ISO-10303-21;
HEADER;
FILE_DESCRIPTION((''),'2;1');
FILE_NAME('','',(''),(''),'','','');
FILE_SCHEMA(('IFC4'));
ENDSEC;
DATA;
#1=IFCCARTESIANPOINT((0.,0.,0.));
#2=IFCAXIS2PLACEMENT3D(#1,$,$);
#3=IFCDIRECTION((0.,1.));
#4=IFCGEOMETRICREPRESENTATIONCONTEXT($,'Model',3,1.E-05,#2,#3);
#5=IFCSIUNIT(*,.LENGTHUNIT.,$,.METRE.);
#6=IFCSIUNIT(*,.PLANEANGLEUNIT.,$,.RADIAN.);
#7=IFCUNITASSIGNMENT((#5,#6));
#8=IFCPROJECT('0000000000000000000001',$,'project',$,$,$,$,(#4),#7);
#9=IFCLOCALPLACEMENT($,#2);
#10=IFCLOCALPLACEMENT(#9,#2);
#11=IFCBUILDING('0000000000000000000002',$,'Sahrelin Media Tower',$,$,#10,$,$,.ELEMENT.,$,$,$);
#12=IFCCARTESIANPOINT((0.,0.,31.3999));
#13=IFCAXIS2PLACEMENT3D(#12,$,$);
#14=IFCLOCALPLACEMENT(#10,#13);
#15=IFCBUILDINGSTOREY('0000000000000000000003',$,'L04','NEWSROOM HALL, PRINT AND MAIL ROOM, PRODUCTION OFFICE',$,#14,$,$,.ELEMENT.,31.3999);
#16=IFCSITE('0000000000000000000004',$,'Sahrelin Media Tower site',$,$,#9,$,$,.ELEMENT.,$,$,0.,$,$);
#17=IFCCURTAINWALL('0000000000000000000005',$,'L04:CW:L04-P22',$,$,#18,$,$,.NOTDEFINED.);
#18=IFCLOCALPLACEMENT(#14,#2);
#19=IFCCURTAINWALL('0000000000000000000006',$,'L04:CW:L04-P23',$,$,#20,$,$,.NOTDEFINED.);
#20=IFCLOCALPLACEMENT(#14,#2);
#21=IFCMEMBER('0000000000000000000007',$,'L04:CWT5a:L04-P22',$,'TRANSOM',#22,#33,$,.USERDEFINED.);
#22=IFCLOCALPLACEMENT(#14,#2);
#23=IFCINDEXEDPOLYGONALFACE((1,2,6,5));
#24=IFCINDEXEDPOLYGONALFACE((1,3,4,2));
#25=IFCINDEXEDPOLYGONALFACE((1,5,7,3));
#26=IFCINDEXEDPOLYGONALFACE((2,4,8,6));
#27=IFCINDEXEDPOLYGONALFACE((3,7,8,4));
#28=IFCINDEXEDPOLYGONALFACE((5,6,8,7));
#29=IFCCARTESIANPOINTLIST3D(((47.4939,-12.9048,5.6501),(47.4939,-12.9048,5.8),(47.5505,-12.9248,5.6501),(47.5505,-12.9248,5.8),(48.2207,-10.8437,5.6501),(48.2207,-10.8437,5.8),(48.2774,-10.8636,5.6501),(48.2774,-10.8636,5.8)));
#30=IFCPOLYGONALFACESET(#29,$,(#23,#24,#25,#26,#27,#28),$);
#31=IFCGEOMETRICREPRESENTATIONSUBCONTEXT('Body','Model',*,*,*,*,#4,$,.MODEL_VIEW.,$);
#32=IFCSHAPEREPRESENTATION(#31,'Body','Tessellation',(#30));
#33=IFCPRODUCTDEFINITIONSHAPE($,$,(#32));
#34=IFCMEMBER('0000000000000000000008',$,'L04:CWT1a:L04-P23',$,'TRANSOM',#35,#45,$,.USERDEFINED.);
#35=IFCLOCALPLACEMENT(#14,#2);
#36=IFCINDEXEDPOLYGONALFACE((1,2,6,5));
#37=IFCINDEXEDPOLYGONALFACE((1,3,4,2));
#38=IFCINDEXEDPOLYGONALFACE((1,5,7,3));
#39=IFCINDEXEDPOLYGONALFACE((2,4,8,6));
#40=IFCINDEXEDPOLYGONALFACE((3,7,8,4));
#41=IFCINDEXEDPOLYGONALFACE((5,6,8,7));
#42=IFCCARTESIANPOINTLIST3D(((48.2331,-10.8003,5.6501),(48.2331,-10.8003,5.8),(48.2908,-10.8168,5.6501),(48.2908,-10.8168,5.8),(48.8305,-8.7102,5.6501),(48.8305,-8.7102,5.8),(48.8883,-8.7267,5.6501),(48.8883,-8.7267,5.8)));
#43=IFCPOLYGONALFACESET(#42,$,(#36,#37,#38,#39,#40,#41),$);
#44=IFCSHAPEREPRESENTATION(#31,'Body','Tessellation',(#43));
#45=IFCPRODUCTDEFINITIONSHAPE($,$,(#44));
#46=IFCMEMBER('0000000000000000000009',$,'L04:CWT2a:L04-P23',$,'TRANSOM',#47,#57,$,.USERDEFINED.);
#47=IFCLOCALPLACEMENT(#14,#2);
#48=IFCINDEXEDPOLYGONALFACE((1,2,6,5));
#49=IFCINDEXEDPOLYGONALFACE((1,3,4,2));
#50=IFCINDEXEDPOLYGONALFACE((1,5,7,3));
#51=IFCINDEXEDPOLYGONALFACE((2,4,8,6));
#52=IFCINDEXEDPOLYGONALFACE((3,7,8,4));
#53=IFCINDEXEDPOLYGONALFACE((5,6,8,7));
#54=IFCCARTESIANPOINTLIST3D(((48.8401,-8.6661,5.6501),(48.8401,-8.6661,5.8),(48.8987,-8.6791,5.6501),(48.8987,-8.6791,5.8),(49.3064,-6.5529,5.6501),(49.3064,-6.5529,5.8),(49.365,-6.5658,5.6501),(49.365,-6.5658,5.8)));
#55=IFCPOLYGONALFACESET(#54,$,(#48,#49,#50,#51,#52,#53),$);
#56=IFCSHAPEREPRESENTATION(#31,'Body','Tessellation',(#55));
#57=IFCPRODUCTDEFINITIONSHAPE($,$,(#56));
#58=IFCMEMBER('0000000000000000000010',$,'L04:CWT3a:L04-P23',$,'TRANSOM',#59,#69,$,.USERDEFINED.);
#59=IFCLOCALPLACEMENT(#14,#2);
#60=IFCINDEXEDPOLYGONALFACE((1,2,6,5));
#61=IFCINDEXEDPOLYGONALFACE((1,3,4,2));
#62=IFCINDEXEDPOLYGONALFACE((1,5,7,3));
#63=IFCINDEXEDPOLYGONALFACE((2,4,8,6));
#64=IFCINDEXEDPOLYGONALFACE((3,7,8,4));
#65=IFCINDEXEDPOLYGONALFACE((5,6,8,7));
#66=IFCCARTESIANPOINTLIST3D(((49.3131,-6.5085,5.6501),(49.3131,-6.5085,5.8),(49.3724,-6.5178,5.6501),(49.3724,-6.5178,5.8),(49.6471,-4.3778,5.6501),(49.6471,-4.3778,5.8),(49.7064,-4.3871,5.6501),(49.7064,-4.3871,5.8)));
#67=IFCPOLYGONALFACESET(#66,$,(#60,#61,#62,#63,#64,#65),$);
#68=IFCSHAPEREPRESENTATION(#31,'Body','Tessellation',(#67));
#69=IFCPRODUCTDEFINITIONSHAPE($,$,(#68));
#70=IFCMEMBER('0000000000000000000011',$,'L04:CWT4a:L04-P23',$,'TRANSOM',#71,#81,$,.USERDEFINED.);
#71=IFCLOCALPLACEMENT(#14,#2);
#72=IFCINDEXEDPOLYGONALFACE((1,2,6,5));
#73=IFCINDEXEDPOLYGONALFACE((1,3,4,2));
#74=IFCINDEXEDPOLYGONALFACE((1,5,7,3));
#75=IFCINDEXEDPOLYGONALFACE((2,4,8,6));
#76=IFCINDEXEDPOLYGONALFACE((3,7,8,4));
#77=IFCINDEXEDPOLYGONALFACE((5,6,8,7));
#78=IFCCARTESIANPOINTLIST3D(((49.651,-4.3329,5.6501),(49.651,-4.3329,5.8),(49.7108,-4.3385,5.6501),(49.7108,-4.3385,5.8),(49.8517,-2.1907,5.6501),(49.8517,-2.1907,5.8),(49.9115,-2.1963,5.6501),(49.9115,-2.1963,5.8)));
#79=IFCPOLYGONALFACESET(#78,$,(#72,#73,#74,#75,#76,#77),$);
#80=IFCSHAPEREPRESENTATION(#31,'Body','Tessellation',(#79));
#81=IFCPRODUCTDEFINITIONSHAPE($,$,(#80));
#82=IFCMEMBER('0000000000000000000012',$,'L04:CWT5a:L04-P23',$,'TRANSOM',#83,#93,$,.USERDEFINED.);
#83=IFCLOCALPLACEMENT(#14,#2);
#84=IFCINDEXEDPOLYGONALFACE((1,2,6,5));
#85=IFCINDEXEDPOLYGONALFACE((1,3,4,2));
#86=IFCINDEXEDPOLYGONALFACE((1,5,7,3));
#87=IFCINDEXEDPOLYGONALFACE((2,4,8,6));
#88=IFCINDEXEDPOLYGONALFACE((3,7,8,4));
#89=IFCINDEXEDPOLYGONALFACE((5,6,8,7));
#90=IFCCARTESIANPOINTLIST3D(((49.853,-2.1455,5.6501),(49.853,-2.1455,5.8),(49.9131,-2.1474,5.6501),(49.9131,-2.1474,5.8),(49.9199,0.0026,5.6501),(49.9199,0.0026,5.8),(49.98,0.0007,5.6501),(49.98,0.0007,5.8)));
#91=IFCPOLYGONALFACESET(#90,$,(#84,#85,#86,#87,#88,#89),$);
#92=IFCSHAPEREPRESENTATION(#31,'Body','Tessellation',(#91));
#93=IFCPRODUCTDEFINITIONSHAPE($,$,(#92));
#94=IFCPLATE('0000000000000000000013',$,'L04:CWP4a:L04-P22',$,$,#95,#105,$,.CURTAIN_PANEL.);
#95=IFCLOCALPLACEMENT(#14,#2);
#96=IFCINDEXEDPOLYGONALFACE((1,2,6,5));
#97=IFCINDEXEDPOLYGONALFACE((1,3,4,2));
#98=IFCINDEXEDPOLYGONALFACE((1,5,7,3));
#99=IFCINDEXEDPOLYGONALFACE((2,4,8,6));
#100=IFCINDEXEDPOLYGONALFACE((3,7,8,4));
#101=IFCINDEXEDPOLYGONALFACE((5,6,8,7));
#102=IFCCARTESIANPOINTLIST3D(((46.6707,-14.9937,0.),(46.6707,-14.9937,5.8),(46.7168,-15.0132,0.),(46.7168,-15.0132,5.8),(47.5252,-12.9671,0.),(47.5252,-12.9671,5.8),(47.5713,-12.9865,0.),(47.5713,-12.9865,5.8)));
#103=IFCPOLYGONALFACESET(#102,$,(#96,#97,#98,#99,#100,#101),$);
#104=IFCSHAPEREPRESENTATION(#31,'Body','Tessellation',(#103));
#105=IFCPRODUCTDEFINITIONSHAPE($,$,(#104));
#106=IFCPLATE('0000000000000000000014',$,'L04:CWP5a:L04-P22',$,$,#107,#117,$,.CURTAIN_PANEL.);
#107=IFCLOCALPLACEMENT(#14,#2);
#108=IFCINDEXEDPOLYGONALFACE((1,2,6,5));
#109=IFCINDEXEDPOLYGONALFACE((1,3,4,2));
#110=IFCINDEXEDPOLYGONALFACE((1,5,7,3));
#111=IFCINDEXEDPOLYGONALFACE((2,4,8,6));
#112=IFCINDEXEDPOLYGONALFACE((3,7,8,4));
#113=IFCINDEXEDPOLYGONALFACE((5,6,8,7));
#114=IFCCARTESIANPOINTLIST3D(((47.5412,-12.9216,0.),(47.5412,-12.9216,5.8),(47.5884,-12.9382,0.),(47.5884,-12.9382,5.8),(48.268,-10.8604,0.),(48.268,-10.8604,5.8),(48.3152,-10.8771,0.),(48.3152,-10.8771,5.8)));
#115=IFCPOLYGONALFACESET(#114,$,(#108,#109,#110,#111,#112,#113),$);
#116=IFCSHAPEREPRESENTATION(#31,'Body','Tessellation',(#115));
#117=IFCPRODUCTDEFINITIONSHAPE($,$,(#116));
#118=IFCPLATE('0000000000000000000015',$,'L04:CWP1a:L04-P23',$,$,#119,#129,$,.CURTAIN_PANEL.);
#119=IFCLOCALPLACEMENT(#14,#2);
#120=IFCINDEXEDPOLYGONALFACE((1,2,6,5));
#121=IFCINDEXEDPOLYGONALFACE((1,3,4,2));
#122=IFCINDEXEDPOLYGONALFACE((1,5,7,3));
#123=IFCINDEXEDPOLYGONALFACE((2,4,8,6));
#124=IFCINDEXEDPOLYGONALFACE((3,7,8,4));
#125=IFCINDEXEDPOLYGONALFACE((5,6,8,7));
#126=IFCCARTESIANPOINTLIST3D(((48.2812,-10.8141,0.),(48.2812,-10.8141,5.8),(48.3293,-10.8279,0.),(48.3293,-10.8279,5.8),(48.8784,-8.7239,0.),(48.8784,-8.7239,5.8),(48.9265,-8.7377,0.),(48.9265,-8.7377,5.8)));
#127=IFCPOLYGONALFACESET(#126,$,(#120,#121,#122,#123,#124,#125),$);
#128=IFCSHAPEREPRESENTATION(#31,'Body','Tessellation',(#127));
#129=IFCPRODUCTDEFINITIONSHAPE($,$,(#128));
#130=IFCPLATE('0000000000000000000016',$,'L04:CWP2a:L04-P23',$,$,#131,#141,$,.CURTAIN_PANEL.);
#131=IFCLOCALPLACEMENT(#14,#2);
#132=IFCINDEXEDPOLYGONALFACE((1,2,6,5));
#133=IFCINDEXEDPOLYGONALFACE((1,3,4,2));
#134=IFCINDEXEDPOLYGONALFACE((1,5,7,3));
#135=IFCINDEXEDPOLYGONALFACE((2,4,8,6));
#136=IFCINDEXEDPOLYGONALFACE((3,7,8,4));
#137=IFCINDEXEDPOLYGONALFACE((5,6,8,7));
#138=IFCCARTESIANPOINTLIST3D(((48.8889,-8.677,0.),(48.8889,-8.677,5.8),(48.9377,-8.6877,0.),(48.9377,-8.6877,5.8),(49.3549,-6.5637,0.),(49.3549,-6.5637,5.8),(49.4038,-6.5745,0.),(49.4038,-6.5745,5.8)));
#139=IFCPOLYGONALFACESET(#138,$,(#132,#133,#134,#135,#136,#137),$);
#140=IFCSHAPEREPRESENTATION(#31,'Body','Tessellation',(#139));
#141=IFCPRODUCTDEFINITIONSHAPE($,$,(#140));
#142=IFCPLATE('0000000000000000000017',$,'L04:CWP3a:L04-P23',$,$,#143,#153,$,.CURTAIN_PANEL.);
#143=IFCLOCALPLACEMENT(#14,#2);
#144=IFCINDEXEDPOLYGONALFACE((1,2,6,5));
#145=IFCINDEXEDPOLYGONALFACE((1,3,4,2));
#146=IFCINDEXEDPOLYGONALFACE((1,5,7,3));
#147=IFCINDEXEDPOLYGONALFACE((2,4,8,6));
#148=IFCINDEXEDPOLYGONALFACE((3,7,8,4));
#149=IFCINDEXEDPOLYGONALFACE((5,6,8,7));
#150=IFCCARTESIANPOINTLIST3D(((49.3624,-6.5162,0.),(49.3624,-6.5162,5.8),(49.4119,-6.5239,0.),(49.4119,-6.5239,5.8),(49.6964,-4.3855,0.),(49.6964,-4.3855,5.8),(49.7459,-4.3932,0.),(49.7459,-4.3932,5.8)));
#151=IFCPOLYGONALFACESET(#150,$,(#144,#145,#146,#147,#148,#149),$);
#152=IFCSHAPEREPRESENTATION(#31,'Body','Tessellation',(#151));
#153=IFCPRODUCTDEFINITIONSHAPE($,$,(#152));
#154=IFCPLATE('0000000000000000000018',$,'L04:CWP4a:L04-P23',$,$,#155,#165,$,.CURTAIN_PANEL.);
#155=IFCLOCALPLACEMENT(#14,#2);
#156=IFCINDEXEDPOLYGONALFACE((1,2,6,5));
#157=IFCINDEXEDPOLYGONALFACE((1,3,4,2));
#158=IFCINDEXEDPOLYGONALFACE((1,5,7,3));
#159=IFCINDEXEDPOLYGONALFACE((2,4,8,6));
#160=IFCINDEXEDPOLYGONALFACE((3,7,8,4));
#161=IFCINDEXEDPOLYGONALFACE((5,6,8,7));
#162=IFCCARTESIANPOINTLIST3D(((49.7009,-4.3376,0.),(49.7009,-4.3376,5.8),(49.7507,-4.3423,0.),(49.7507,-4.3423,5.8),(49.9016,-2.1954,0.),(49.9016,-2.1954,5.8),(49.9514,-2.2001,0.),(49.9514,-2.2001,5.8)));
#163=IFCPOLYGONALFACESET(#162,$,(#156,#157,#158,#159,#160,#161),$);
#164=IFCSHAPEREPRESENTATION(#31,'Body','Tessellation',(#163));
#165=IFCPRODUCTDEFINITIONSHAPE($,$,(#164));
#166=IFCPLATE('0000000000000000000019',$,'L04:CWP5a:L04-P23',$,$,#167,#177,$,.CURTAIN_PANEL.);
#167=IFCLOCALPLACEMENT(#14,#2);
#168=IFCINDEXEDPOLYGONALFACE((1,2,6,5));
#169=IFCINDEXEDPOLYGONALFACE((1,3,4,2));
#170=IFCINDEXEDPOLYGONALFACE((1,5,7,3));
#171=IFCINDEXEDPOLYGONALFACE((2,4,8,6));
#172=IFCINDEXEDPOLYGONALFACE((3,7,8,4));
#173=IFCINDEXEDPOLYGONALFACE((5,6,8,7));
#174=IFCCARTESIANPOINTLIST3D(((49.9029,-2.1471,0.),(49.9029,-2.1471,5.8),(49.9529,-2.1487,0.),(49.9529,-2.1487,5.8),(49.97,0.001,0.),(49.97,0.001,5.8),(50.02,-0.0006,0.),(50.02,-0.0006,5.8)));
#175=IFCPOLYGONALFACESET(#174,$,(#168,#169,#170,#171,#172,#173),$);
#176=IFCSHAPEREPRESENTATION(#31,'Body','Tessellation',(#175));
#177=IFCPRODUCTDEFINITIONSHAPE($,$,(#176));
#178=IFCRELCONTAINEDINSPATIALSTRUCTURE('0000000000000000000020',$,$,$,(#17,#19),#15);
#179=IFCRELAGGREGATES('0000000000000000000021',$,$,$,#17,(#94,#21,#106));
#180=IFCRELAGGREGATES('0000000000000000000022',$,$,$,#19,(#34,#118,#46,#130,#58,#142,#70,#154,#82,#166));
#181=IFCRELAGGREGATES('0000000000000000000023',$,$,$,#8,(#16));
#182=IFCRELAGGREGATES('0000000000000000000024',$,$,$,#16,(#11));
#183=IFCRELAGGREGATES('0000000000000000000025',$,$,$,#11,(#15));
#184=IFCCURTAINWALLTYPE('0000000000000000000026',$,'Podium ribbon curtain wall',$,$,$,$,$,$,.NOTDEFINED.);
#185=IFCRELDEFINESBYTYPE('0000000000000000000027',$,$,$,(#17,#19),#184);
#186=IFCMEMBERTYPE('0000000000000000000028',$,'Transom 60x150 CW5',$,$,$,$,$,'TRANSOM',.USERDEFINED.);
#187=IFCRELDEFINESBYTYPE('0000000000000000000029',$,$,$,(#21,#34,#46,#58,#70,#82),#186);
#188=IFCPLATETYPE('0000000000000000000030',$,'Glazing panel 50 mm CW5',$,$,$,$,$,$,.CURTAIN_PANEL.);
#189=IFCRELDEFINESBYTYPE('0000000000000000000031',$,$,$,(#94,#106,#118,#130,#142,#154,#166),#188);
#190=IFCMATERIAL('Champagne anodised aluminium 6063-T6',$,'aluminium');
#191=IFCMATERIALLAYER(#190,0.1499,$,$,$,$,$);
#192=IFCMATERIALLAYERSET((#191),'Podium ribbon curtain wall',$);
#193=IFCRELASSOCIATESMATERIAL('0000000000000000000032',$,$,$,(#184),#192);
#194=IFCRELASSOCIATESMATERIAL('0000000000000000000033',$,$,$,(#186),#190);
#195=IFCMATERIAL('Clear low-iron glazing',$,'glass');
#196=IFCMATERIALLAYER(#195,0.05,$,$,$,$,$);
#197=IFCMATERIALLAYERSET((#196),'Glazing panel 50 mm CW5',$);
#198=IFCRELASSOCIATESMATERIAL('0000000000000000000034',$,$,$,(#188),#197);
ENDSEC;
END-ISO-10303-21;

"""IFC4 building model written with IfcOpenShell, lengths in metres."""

from ifc_helpers import new_model, si_unit, direction, frame, origin, origin_2d, place, context, subcontext, project, spatial, polyline, rectangle, outline, extrude, material, layer, layer_set, material_profile, profile_set, type_object, element, aggregate, save


model = new_model("IFC4")

# Units and contexts
model_context = context("Model", 3, precision=1e-05, world=origin(), true_north=direction((0.0, 1.0)))
body_context = subcontext(model_context, "Body", "Model", "MODEL_VIEW")
ifc_project = project(units=[si_unit("LENGTHUNIT", "METRE"), si_unit("PLANEANGLEUNIT", "RADIAN")], contexts=[model_context])

# Site, building, storey
site_placement = place(None, origin())
site = spatial("IfcSite", under=ifc_project, at=site_placement, Name="Sahrelin Media Tower site", CompositionType="ELEMENT", RefElevation=0.0)
building_placement = place(site_placement, origin())
building = spatial("IfcBuilding", under=site, at=building_placement, Name="Sahrelin Media Tower", CompositionType="ELEMENT")
storey_placement = place(building_placement, frame((0.0, 0.0, 31.3999)))
storey = spatial("IfcBuildingStorey", under=building, at=storey_placement, Name="L04", Description="NEWSROOM HALL, PRINT AND MAIL ROOM, PRODUCTION OFFICE", CompositionType="ELEMENT", Elevation=31.3999)

# Shared definitions
ifc_material_1 = material(Name="Champagne anodised aluminium 6063-T6", Category="aluminium")
ifc_layer_1 = layer(ifc_material_1, 0.1499)
ifc_layer_set_1 = layer_set([ifc_layer_1], Name="Podium ribbon curtain wall")
curtain_wall_type = type_object("IfcCurtainWallType", Name="Podium ribbon curtain wall", PredefinedType="NOTDEFINED", material=ifc_layer_set_1)

# Curtain walls
curtain_wall_1_placement = place(storey_placement, frame((43.3013, -21.0, 0.0), z_axis=(0.0, 0.0, 1.0), x_axis=(1.0, 0.0, 0.0)))
curtain_wall_1 = element("IfcCurtainWall", 1, at=curtain_wall_1_placement, inside=storey, type_object=curtain_wall_type, Name="L04:CW:L04-P22", PredefinedType="NOTDEFINED")
curtain_wall_2_placement = place(storey_placement, frame((48.2964, -10.8704, 0.0), z_axis=(0.0, 0.0, 1.0), x_axis=(1.0, 0.0, 0.0)))
curtain_wall_2 = element("IfcCurtainWall", 2, at=curtain_wall_2_placement, inside=storey, type_object=curtain_wall_type, Name="L04:CW:L04-P23", PredefinedType="NOTDEFINED")

# Members
ifc_material_profile_1 = material_profile(ifc_material_1, rectangle(XDim=0.0601, YDim=0.1499, at=origin_2d()), Name="Transom 60x150")
ifc_profile_set_1 = profile_set([ifc_material_profile_1], Name="Champagne anodised aluminium 6063-T6")
member_type_1 = type_object("IfcMemberType", Name="Transom 60x150 CW5", ElementType="TRANSOM", PredefinedType="USERDEFINED", material=ifc_profile_set_1)
member_1_placement = place(storey_placement, frame((47.5222, -12.9148, 5.7251), z_axis=(0.332569, 0.943079, 0.0), x_axis=(-0.943079, 0.332569, 0.0)))
member_1 = element("IfcMember", 3, at=member_1_placement, type_object=member_type_1, Name="L04:CWT5a:L04-P22", ObjectType="TRANSOM", PredefinedType="USERDEFINED", context=body_context, shape_type="SweptSolid", body=[
    extrude(rectangle(XDim=0.0601, YDim=0.1499, at=origin_2d()), origin(), (0.0, 0.0, 1.0), 2.1855),
])
member_2_placement = place(storey_placement, frame((48.262, -10.8086, 5.7251), z_axis=(0.274825, 0.961494, 0.0), x_axis=(-0.961494, 0.274825, 0.0)))
member_2 = element("IfcMember", 4, at=member_2_placement, type_object=member_type_1, Name="L04:CWT1a:L04-P23", ObjectType="TRANSOM", PredefinedType="USERDEFINED", context=body_context, shape_type="SweptSolid", body=[
    extrude(rectangle(XDim=0.0601, YDim=0.1499, at=origin_2d()), origin(), (0.0, 0.0, 1.0), 2.1738),
])
member_3_placement = place(storey_placement, frame((48.8694, -8.6726, 5.7251), z_axis=(0.215473, 0.97651, 0.0), x_axis=(-0.97651, 0.215473, 0.0)))
member_3 = element("IfcMember", 5, at=member_3_placement, type_object=member_type_1, Name="L04:CWT2a:L04-P23", ObjectType="TRANSOM", PredefinedType="USERDEFINED", context=body_context, shape_type="SweptSolid", body=[
    extrude(rectangle(XDim=0.0601, YDim=0.1499, at=origin_2d()), origin(), (0.0, 0.0, 1.0), 2.1641),
])
member_4_placement = place(storey_placement, frame((49.3428, -6.5132, 5.7251), z_axis=(0.154864, 0.987936, 0.0), x_axis=(-0.987936, 0.154864, 0.0)))
member_4 = element("IfcMember", 6, at=member_4_placement, type_object=member_type_1, Name="L04:CWT3a:L04-P23", ObjectType="TRANSOM", PredefinedType="USERDEFINED", context=body_context, shape_type="SweptSolid", body=[
    extrude(rectangle(XDim=0.0601, YDim=0.1499, at=origin_2d()), origin(), (0.0, 0.0, 1.0), 2.1567),
])
member_5_placement = place(storey_placement, frame((49.6809, -4.3357, 5.7251), z_axis=(0.093267, 0.995641, 0.0), x_axis=(-0.995641, 0.093267, 0.0)))
member_5 = element("IfcMember", 7, at=member_5_placement, type_object=member_type_1, Name="L04:CWT4a:L04-P23", ObjectType="TRANSOM", PredefinedType="USERDEFINED", context=body_context, shape_type="SweptSolid", body=[
    extrude(rectangle(XDim=0.0601, YDim=0.1499, at=origin_2d()), origin(), (0.0, 0.0, 1.0), 2.1516),
])
member_6_placement = place(storey_placement, frame((49.8831, -2.1465, 5.7251), z_axis=(0.031125, 0.999516, 0.0), x_axis=(-0.999516, 0.031125, 0.0)))
member_6 = element("IfcMember", 8, at=member_6_placement, type_object=member_type_1, Name="L04:CWT5a:L04-P23", ObjectType="TRANSOM", PredefinedType="USERDEFINED", context=body_context, shape_type="SweptSolid", body=[
    extrude(rectangle(XDim=0.0601, YDim=0.1499, at=origin_2d()), origin(), (0.0, 0.0, 1.0), 2.1492),
])

# Plates
ifc_material_2 = material(Name="Clear low-iron glazing", Category="glass")
ifc_layer_2 = layer(ifc_material_2, 0.05)
ifc_layer_set_2 = layer_set([ifc_layer_2], Name="Glazing panel 50 mm CW5")
plate_type = type_object("IfcPlateType", Name="Glazing panel 50 mm CW5", PredefinedType="CURTAIN_PANEL", material=ifc_layer_set_2)
plate_1_placement = place(storey_placement, frame((46.7168, -15.0132, 0.0), z_axis=(0.921443, -0.388514, 0.0), x_axis=(0.388514, 0.921443, 0.0)))
plate_1 = element("IfcPlate", 9, at=plate_1_placement, type_object=plate_type, Name="L04:CWP4a:L04-P22", PredefinedType="CURTAIN_PANEL", context=body_context, shape_type="SweptSolid", body=[
    extrude(outline(polyline([(0.0, 0.0), (2.1995, 0.0), (2.1995, 5.8), (0.0, 5.8), (0.0, 0.0)])), origin(), (0.0, 0.0, -1.0), 0.05),
])
plate_2_placement = place(storey_placement, frame((47.5884, -12.9382, 0.0), z_axis=(0.943079, -0.332569, 0.0), x_axis=(0.332569, 0.943079, 0.0)))
plate_2 = element("IfcPlate", 10, at=plate_2_placement, type_object=plate_type, Name="L04:CWP5a:L04-P22", PredefinedType="CURTAIN_PANEL", context=body_context, shape_type="SweptSolid", body=[
    extrude(outline(polyline([(0.0, 0.0), (2.1855, 0.0), (2.1855, 5.8), (0.0, 5.8), (0.0, 0.0)])), origin(), (0.0, 0.0, -1.0), 0.05),
])
aggregate(curtain_wall_1, [plate_1, member_1, plate_2])
plate_3_placement = place(storey_placement, frame((48.3293, -10.8279, 0.0), z_axis=(0.961524, -0.274721, 0.0), x_axis=(0.274721, 0.961524, 0.0)))
plate_3 = element("IfcPlate", 11, at=plate_3_placement, type_object=plate_type, Name="L04:CWP1a:L04-P23", PredefinedType="CURTAIN_PANEL", context=body_context, shape_type="SweptSolid", body=[
    extrude(outline(polyline([(0.0, 0.0), (2.1738, 0.0), (2.1738, 5.8), (0.0, 5.8), (0.0, 0.0)])), origin(), (0.0, 0.0, -1.0), 0.05),
])
plate_4_placement = place(storey_placement, frame((48.9377, -8.6877, 0.0), z_axis=(0.976534, -0.215365, 0.0), x_axis=(0.215365, 0.976534, 0.0)))
plate_4 = element("IfcPlate", 12, at=plate_4_placement, type_object=plate_type, Name="L04:CWP2a:L04-P23", PredefinedType="CURTAIN_PANEL", context=body_context, shape_type="SweptSolid", body=[
    extrude(outline(polyline([(0.0, 0.0), (2.1641, 0.0), (2.1641, 5.8), (0.0, 5.8), (0.0, 0.0)])), origin(), (0.0, 0.0, -1.0), 0.05),
])
plate_5_placement = place(storey_placement, frame((49.4119, -6.5239, 0.0), z_axis=(0.987936, -0.154864, 0.0), x_axis=(0.154864, 0.987936, 0.0)))
plate_5 = element("IfcPlate", 13, at=plate_5_placement, type_object=plate_type, Name="L04:CWP3a:L04-P23", PredefinedType="CURTAIN_PANEL", context=body_context, shape_type="SweptSolid", body=[
    extrude(outline(polyline([(0.0, 0.0), (2.1567, 0.0), (2.1567, 5.8), (0.0, 5.8), (0.0, 0.0)])), origin(), (0.0, 0.0, -1.0), 0.05),
])
plate_6_placement = place(storey_placement, frame((49.7507, -4.3423, 0.0), z_axis=(0.995641, -0.093267, 0.0), x_axis=(0.093267, 0.995641, 0.0)))
plate_6 = element("IfcPlate", 14, at=plate_6_placement, type_object=plate_type, Name="L04:CWP4a:L04-P23", PredefinedType="CURTAIN_PANEL", context=body_context, shape_type="SweptSolid", body=[
    extrude(outline(polyline([(0.0, 0.0), (2.1516, 0.0), (2.1516, 5.8), (0.0, 5.8), (0.0, 0.0)])), origin(), (0.0, 0.0, -1.0), 0.05),
])
plate_7_placement = place(storey_placement, frame((49.9529, -2.1487, 0.0), z_axis=(0.999512, -0.031238, 0.0), x_axis=(0.031238, 0.999512, 0.0)))
plate_7 = element("IfcPlate", 15, at=plate_7_placement, type_object=plate_type, Name="L04:CWP5a:L04-P23", PredefinedType="CURTAIN_PANEL", context=body_context, shape_type="SweptSolid", body=[
    extrude(outline(polyline([(0.0, 0.0), (2.1492, 0.0), (2.1492, 5.8), (0.0, 5.8), (0.0, 0.0)])), origin(), (0.0, 0.0, -1.0), 0.05),
])
aggregate(curtain_wall_2, [member_2, plate_3, member_3, plate_4, member_4, plate_5, member_5, plate_6, member_6, plate_7])

save(model, "model.ifc")
